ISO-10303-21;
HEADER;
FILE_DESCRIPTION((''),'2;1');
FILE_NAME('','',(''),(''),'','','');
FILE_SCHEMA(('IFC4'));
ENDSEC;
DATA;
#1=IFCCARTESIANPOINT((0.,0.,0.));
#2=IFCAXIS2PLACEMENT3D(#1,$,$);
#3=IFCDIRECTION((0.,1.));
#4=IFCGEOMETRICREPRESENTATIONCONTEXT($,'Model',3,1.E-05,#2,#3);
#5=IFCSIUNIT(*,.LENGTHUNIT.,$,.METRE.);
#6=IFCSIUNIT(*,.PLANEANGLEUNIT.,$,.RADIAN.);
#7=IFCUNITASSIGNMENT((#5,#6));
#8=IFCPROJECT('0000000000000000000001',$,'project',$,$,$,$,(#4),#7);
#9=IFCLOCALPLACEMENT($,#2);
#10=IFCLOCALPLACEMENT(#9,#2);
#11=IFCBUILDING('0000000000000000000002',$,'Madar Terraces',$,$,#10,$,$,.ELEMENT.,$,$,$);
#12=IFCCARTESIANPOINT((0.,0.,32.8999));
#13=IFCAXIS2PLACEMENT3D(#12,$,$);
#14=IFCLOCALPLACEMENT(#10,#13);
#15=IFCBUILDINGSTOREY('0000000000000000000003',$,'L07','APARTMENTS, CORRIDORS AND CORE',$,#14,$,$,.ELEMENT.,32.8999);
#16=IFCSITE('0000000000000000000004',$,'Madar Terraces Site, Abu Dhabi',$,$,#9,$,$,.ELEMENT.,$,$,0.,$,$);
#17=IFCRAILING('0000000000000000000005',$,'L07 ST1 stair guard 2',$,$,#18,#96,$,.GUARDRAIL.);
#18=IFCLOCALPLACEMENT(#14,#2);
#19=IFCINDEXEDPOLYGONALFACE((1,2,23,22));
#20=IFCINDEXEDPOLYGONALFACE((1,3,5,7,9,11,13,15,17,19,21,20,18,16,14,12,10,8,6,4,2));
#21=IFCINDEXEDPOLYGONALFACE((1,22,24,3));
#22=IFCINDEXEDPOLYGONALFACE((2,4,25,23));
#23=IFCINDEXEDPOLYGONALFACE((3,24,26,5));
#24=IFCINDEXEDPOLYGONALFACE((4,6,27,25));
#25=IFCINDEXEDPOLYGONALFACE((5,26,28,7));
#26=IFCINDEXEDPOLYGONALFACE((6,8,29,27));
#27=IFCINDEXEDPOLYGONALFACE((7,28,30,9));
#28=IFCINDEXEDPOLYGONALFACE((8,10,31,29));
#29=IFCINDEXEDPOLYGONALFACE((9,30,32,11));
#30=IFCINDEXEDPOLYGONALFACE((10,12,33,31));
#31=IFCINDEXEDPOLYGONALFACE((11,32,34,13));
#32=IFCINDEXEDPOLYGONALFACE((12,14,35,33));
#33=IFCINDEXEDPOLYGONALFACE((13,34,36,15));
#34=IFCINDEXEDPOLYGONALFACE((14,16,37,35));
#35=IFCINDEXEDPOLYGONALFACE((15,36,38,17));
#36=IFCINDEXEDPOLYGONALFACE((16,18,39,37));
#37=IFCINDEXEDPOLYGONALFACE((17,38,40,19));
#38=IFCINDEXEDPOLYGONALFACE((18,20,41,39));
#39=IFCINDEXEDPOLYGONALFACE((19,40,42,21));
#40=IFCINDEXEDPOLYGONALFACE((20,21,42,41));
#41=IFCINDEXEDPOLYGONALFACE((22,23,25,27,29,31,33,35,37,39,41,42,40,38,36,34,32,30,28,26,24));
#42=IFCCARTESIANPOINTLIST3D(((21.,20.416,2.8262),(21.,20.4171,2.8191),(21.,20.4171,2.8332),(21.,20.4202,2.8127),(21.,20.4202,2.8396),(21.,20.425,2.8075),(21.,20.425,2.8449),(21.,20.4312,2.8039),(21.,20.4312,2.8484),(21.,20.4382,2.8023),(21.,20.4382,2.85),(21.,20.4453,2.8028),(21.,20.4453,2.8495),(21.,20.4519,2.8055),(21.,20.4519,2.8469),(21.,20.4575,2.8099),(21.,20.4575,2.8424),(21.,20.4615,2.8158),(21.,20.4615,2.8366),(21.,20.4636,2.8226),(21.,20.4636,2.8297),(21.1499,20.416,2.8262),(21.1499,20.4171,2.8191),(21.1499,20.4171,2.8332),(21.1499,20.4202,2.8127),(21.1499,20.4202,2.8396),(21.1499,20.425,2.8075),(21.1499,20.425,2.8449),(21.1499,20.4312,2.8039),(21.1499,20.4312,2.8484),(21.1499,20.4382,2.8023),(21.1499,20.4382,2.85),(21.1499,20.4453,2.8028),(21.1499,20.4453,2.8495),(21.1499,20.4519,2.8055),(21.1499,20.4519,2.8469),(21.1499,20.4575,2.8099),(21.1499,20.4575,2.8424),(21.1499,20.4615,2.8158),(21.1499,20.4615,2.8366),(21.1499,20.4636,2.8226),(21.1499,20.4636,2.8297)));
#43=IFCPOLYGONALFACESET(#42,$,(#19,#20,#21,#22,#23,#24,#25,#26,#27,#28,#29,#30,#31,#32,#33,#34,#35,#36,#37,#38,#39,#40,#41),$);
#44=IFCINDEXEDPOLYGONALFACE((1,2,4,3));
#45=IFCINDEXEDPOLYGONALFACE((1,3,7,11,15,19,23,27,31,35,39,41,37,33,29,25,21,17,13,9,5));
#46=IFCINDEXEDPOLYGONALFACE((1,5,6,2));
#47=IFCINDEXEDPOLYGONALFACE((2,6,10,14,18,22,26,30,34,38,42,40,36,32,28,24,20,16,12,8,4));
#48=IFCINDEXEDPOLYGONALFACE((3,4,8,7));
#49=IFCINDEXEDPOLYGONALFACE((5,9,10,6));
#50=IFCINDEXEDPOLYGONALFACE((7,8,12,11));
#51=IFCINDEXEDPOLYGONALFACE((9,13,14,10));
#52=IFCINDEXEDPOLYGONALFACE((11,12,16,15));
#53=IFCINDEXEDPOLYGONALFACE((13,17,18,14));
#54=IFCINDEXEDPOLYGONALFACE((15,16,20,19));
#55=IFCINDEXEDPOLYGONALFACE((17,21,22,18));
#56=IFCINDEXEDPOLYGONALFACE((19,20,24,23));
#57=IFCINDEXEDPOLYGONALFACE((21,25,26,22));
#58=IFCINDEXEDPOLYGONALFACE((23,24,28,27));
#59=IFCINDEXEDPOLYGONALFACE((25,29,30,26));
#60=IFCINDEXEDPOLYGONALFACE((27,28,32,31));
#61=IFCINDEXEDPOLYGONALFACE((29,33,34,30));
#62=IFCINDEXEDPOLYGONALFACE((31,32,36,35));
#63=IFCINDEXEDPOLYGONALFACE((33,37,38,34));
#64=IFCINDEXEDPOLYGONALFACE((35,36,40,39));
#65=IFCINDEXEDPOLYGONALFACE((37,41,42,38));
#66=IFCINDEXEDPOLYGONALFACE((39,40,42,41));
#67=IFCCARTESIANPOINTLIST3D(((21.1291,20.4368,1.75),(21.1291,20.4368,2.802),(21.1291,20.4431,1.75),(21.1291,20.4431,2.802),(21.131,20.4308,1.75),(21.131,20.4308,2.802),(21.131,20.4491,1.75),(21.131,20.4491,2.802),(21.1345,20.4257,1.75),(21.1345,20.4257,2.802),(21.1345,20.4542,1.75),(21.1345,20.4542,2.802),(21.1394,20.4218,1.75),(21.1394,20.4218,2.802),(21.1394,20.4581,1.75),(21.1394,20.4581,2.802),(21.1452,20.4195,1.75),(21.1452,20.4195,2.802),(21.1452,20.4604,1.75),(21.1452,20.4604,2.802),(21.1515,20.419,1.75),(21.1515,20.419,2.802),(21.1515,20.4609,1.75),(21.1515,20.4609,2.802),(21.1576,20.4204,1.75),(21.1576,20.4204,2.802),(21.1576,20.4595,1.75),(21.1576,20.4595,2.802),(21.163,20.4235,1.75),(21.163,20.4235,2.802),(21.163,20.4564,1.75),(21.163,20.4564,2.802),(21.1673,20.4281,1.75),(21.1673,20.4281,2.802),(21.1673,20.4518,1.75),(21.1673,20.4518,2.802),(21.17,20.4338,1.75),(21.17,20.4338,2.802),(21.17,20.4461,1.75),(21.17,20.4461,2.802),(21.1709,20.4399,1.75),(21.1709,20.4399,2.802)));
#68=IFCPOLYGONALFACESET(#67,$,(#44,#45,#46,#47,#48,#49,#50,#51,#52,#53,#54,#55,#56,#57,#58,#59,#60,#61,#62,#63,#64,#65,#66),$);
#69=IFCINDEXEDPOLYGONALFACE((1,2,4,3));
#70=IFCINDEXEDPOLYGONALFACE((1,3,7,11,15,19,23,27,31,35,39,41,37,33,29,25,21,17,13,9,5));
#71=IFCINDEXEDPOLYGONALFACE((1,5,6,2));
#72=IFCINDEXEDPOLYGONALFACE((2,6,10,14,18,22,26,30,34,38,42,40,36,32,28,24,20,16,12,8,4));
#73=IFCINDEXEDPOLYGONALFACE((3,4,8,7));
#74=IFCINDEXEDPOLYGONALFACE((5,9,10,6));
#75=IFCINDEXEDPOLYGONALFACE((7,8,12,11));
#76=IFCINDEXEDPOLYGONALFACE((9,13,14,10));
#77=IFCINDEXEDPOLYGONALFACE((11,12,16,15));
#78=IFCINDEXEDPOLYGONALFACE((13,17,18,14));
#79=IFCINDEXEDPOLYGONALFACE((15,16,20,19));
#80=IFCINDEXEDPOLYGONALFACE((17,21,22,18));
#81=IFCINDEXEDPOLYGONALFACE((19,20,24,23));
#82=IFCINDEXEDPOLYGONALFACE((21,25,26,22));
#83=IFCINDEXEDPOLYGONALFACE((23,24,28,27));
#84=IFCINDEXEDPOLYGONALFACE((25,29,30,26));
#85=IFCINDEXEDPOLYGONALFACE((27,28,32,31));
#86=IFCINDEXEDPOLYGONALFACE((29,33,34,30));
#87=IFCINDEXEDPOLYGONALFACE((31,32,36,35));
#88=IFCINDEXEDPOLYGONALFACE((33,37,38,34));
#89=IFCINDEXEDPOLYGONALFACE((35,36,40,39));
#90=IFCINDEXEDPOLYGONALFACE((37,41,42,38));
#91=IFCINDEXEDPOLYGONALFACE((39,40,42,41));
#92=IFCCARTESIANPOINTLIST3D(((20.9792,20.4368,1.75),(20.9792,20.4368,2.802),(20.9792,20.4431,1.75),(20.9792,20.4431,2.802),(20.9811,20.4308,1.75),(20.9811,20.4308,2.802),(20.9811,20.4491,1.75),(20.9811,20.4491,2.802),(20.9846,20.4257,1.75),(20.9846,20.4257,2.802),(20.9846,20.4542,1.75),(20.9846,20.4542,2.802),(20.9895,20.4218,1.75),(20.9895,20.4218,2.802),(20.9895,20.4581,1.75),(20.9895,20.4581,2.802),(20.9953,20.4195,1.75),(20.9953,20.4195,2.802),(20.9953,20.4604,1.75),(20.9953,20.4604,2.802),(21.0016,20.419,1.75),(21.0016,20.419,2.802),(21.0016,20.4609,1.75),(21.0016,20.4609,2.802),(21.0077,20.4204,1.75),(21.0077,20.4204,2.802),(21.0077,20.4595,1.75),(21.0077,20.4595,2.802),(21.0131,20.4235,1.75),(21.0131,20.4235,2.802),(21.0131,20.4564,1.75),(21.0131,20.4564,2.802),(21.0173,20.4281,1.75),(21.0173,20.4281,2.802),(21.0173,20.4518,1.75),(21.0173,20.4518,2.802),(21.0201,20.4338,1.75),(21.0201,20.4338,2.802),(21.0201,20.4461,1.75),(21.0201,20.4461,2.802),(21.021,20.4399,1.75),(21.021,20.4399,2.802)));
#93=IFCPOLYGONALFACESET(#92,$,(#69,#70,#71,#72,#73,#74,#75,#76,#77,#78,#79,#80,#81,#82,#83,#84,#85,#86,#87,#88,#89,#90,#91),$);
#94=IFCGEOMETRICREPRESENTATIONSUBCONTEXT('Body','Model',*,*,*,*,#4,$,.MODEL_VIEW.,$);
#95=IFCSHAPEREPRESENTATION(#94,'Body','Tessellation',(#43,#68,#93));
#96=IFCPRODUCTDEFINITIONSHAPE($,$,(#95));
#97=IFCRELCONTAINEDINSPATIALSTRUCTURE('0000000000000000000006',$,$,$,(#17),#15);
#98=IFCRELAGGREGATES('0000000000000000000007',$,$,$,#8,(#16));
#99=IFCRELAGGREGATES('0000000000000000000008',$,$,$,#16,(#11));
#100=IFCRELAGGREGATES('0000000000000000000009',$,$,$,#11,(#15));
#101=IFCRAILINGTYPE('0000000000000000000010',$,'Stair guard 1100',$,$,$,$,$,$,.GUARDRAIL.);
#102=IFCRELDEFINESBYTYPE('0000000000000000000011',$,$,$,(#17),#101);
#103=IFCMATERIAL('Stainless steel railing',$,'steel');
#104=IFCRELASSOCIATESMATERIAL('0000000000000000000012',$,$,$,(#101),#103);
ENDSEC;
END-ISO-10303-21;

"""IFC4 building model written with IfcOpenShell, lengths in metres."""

from ifc_helpers import new_model, si_unit, direction, frame, origin, origin_2d, place, context, subcontext, project, spatial, circle, extrude, material, type_object, element, save


model = new_model("IFC4")

# Units and contexts
model_context = context("Model", 3, precision=1e-05, world=origin(), true_north=direction((0.0, 1.0)))
body_context = subcontext(model_context, "Body", "Model", "MODEL_VIEW")
ifc_project = project(units=[si_unit("LENGTHUNIT", "METRE"), si_unit("PLANEANGLEUNIT", "RADIAN")], contexts=[model_context])

# Site, building, storey
site_placement = place(None, origin())
site = spatial("IfcSite", under=ifc_project, at=site_placement, Name="Madar Terraces Site, Abu Dhabi", CompositionType="ELEMENT", RefElevation=0.0)
building_placement = place(site_placement, origin())
building = spatial("IfcBuilding", under=site, at=building_placement, Name="Madar Terraces", CompositionType="ELEMENT")
storey_placement = place(building_placement, frame((0.0, 0.0, 32.8999)))
storey = spatial("IfcBuildingStorey", under=building, at=storey_placement, Name="L07", Description="APARTMENTS, CORRIDORS AND CORE", CompositionType="ELEMENT", Elevation=32.8999)

# Railing
ifc_material_1 = material(Name="Stainless steel railing", Category="steel")
railing_type_1 = type_object("IfcRailingType", Name="Stair guard 1100", PredefinedType="GUARDRAIL", material=ifc_material_1)
railing_1_placement = place(storey_placement, frame((21.1499, 20.4399, 1.75)))
element("IfcRailing", 1, at=railing_1_placement, inside=storey, type_object=railing_type_1, Name="L07 ST1 stair guard 2", PredefinedType="GUARDRAIL", context=body_context, shape_type="SweptSolid", body=[
    extrude(circle(Radius=0.0239, at=origin_2d()), frame((0.0, 0.0, 1.0762), z_axis=(-1.0, 0.0, 0.0), x_axis=(0.0, -1.0, 0.0)), (0.0, 0.0, 1.0), 0.1499),
    extrude(circle(Radius=0.021, at=origin_2d()), origin(), (0.0, 0.0, 1.0), 1.052),
    extrude(circle(Radius=0.021, at=origin_2d()), frame((-0.1499, 0.0, 0.0)), (0.0, 0.0, 1.0), 1.052),
])

save(model, "model.ifc")
